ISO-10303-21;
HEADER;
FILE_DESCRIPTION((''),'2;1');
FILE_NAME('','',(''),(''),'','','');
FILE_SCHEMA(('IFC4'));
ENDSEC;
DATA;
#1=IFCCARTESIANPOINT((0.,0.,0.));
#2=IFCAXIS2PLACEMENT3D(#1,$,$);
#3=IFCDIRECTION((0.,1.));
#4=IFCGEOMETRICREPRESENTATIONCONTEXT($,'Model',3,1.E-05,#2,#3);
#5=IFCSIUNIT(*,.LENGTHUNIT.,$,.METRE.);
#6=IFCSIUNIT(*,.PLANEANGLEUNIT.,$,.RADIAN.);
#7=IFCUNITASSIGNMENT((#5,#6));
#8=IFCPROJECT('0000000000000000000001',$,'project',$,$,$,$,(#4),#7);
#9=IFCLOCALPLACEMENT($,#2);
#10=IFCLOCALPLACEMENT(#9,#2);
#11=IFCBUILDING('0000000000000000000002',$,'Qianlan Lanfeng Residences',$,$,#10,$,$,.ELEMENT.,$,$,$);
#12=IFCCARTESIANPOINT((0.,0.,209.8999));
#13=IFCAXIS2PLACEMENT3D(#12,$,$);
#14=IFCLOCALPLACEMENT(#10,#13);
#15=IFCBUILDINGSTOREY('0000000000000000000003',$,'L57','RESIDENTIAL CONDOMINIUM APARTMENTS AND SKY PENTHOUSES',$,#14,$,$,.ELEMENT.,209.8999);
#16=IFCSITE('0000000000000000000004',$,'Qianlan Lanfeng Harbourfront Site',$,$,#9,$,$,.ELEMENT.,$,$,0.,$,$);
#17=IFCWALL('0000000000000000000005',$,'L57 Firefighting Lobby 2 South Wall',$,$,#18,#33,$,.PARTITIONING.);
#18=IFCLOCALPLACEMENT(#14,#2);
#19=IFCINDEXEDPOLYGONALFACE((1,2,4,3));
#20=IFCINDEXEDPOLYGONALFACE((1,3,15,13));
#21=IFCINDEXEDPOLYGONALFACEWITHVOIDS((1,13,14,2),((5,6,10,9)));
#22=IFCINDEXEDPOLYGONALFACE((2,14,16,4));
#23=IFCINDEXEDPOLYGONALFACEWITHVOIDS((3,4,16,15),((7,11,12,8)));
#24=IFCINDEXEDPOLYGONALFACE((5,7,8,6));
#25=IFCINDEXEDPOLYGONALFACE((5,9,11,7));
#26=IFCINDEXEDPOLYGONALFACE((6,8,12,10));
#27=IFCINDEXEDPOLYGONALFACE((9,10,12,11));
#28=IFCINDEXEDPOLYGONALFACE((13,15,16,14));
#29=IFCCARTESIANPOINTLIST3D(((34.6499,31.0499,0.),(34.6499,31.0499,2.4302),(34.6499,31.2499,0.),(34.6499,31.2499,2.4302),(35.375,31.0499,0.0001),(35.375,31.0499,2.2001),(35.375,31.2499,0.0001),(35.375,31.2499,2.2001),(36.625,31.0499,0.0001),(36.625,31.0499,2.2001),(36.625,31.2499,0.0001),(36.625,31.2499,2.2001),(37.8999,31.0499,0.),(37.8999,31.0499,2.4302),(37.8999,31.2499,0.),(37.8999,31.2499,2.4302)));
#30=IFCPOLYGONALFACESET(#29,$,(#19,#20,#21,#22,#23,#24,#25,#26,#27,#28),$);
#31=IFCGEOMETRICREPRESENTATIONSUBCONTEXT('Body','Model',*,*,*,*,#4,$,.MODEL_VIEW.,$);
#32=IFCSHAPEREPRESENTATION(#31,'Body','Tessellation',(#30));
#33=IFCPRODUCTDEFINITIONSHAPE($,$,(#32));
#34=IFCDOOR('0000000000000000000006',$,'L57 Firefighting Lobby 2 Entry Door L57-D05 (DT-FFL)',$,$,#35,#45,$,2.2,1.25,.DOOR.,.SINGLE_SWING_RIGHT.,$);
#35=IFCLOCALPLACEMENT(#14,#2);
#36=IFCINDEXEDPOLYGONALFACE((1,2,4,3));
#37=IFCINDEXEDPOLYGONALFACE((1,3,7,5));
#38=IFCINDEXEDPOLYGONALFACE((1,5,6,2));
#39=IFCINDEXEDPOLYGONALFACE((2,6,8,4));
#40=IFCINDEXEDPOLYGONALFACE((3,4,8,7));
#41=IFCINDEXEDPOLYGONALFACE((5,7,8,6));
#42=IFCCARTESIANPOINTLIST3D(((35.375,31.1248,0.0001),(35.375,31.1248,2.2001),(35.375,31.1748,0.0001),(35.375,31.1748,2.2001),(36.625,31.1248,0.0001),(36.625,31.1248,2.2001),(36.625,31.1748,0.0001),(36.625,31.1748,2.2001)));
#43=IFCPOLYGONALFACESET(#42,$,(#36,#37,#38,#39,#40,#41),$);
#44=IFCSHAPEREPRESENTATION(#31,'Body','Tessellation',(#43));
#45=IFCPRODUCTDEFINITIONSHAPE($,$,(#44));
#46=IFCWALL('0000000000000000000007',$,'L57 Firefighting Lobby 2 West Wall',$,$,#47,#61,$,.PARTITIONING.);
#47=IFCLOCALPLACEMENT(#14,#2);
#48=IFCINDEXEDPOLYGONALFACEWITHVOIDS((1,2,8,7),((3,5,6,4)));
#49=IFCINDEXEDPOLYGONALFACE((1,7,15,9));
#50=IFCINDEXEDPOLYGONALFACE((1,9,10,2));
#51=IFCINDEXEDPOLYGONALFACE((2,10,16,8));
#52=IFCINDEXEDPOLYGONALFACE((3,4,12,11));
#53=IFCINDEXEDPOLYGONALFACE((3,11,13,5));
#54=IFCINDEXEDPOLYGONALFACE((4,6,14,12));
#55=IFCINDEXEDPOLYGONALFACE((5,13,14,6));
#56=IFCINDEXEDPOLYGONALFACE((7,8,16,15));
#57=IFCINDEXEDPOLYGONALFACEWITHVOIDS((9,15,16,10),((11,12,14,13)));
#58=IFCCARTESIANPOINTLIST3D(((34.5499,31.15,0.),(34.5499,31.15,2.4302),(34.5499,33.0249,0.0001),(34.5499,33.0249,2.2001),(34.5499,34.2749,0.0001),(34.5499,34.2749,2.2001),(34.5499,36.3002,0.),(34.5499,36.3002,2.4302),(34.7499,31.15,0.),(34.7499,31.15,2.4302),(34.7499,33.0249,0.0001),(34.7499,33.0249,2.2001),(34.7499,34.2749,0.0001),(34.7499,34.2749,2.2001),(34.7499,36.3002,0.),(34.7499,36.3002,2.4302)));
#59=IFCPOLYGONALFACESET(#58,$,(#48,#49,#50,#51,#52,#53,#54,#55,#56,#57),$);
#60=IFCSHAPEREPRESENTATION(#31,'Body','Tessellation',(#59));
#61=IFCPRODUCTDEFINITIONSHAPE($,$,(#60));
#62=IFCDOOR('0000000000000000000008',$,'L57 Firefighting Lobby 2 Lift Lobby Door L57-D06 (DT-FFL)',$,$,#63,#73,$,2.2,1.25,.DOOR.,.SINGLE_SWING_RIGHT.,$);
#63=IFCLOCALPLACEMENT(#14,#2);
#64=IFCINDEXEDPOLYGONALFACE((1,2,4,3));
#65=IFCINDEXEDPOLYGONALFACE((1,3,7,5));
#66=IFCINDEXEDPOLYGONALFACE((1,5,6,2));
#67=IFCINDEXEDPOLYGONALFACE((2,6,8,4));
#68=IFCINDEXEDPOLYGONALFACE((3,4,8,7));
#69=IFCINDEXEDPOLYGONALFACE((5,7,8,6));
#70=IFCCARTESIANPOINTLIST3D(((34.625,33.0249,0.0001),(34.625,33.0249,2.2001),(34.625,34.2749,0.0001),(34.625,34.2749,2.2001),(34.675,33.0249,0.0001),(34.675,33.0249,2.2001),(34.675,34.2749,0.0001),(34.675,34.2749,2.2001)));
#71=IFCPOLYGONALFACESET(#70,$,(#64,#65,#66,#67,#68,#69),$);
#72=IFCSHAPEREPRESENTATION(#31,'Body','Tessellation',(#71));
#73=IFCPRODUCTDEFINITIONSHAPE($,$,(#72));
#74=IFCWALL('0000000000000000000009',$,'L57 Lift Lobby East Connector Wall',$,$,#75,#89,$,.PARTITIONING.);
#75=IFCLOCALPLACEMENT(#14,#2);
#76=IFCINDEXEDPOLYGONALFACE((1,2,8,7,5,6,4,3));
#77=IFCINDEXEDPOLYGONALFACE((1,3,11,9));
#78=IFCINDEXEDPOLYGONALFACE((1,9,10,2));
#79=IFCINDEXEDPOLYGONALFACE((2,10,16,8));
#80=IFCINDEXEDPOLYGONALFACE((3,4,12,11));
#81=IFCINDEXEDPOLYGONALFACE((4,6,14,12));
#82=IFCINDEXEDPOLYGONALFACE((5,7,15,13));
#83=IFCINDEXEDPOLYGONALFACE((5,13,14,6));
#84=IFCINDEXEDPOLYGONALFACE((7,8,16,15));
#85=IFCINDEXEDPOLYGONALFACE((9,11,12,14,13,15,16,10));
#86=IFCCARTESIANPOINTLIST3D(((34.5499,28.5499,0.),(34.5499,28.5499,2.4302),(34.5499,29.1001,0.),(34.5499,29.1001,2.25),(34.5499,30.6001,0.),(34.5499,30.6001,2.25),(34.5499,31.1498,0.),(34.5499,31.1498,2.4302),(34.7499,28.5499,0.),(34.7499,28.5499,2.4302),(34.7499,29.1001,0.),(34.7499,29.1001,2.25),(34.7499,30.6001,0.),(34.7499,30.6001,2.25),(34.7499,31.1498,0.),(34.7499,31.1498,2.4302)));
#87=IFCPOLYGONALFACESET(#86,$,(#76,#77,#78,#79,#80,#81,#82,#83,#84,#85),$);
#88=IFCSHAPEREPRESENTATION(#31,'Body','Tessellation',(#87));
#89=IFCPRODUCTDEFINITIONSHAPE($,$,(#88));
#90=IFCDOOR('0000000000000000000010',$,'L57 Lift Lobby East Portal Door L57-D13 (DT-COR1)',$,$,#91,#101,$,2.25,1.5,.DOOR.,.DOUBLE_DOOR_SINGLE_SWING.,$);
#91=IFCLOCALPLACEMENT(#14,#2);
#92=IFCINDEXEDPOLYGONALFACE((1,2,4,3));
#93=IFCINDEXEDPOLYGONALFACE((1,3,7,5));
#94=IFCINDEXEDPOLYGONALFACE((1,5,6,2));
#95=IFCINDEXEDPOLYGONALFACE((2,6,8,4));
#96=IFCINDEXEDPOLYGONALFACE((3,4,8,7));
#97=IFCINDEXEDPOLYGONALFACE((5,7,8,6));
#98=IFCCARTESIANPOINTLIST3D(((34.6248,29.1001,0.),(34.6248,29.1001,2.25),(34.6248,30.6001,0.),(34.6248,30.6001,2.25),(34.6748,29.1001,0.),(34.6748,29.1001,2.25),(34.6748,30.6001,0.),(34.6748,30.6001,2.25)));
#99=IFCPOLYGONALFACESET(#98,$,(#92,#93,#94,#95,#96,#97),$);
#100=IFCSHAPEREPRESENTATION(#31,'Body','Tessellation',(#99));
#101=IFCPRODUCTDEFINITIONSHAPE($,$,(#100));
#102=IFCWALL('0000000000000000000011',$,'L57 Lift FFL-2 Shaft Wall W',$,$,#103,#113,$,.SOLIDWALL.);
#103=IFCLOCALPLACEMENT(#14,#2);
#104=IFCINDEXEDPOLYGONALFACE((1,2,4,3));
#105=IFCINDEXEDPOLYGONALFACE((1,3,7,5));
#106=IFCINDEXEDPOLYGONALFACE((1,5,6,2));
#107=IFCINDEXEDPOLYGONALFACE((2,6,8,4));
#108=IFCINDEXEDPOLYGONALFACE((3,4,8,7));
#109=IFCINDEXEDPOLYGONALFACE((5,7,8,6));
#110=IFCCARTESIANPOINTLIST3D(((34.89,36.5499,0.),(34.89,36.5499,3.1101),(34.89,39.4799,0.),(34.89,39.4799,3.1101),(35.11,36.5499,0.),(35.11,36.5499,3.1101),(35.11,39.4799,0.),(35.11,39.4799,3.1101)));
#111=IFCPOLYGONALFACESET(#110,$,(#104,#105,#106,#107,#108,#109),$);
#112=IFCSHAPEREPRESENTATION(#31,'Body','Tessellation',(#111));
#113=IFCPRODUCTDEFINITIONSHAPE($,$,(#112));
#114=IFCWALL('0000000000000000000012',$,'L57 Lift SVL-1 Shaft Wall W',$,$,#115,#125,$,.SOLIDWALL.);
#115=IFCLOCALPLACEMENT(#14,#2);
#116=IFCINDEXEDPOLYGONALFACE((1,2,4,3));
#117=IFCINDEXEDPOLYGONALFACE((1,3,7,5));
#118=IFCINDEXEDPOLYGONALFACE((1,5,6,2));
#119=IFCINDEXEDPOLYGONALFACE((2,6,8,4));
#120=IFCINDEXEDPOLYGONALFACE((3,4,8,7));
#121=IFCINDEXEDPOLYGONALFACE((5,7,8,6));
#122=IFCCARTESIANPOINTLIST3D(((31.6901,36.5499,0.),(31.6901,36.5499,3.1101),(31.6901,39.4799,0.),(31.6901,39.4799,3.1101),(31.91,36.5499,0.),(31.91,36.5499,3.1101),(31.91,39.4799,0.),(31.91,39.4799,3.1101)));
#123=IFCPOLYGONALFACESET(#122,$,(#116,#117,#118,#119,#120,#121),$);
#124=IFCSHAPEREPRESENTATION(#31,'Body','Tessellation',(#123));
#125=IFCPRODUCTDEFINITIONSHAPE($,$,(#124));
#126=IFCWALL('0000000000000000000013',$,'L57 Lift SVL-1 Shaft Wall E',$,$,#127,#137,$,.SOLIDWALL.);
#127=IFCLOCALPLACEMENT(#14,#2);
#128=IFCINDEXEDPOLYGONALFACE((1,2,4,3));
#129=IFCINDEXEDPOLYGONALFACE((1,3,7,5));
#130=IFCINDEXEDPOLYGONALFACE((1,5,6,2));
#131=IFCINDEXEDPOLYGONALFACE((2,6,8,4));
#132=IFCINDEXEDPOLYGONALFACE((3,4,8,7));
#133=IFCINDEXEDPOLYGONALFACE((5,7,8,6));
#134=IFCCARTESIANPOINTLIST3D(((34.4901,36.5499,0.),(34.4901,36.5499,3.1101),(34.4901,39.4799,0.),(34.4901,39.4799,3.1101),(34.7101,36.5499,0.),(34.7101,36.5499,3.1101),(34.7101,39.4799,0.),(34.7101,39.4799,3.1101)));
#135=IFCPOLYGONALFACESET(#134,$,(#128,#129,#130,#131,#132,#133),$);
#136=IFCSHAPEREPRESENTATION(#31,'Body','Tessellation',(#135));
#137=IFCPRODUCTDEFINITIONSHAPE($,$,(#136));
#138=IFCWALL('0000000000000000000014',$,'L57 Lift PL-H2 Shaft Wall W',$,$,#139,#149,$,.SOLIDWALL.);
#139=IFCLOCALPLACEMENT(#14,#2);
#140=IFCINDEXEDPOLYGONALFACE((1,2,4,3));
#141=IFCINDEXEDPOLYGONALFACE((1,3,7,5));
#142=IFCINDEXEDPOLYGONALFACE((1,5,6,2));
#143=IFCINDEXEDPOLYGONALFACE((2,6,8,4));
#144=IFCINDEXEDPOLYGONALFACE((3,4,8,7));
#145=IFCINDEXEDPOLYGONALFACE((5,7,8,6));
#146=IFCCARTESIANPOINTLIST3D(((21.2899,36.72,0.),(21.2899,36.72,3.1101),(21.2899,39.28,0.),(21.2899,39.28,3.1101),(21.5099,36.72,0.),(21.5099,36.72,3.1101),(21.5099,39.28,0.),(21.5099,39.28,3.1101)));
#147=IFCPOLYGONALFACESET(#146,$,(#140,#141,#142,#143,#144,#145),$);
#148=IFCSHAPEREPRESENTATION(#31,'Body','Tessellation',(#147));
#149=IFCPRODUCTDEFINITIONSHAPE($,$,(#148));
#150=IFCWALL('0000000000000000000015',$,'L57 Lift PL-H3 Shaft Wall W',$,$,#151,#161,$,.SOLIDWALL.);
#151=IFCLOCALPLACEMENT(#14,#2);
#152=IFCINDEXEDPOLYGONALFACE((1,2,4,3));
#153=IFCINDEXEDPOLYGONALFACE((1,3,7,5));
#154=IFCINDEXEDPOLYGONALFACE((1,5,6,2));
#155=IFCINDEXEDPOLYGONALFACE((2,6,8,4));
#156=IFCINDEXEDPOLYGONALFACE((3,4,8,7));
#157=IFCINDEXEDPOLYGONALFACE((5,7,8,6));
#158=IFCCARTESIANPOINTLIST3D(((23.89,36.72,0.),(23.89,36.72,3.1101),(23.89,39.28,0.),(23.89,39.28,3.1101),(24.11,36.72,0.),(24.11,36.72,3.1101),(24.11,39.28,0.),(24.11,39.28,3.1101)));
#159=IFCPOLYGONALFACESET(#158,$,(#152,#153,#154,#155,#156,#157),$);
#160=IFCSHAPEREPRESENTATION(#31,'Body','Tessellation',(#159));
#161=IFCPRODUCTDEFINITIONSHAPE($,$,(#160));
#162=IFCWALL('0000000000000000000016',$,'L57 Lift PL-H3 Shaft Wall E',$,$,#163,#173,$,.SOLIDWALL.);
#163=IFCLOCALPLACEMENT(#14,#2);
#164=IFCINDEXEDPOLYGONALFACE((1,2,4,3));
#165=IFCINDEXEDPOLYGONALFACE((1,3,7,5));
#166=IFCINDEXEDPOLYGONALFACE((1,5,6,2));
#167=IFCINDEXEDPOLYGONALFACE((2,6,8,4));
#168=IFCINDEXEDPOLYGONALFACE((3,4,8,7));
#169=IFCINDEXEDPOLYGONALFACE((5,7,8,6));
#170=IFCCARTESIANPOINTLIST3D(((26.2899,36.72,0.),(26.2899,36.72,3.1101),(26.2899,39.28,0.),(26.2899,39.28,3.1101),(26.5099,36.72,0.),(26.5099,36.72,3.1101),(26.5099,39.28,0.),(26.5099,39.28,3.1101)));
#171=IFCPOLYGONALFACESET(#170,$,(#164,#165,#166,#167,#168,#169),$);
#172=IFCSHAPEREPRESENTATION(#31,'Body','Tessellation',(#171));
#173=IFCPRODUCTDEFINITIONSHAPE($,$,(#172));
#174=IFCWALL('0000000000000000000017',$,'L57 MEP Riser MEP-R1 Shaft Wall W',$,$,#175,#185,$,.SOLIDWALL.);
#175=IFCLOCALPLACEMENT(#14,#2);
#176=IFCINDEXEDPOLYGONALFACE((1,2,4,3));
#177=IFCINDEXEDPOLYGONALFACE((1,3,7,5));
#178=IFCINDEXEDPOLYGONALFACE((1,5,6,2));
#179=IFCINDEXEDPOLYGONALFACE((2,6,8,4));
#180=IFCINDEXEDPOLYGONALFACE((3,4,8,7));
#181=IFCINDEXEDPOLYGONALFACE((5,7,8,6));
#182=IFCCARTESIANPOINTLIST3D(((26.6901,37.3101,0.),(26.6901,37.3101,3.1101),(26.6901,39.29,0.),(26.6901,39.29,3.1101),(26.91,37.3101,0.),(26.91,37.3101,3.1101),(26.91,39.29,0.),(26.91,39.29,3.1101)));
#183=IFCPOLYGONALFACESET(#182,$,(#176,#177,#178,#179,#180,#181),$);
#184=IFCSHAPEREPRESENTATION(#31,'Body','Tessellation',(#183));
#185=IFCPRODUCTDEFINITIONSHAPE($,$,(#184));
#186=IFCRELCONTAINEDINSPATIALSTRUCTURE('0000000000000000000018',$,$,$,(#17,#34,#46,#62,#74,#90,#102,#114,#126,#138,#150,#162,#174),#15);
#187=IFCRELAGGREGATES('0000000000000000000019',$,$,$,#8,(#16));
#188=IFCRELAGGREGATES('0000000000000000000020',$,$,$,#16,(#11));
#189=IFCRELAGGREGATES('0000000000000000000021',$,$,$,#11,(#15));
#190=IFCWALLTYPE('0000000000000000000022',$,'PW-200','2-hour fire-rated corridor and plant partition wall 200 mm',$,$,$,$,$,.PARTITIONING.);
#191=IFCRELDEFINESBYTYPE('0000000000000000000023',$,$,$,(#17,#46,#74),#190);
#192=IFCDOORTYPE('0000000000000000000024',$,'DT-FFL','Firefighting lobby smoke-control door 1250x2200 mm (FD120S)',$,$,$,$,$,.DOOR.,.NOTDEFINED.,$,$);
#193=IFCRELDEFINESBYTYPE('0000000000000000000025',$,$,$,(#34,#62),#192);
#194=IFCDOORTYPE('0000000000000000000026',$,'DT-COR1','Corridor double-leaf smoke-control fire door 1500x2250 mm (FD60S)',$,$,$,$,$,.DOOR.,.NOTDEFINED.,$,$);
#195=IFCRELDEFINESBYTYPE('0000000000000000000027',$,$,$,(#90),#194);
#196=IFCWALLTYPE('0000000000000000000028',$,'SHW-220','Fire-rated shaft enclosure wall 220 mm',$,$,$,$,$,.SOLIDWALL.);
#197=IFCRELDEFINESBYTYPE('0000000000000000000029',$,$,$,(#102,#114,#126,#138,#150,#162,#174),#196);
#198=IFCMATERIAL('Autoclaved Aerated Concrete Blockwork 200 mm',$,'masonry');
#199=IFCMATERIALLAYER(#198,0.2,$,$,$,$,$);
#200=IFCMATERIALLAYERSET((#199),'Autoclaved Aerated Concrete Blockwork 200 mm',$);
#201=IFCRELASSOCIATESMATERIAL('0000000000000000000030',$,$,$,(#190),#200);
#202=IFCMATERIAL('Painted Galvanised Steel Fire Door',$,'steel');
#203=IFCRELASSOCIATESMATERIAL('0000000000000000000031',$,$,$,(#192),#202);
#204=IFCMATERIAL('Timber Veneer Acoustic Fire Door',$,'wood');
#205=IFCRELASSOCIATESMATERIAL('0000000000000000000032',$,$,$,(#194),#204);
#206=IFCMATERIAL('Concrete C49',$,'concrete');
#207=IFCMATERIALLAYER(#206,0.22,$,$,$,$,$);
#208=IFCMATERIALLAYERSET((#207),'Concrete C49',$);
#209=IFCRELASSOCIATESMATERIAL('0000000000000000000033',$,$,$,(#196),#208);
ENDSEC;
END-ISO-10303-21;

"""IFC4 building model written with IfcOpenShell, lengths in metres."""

from ifc_helpers import new_model, si_unit, direction, frame, frame_2d, origin, place, context, subcontext, project, spatial, rectangle, extrude, material, layer, layer_set, type_object, element, fill, save


model = new_model("IFC4")

# Units and contexts
model_context = context("Model", 3, precision=1e-05, world=origin(), true_north=direction((0.0, 1.0)))
body_context = subcontext(model_context, "Body", "Model", "MODEL_VIEW")
ifc_project = project(units=[si_unit("LENGTHUNIT", "METRE"), si_unit("PLANEANGLEUNIT", "RADIAN")], contexts=[model_context])

# Site, building, storey
site_placement = place(None, origin())
site = spatial("IfcSite", under=ifc_project, at=site_placement, Name="Qianlan Lanfeng Harbourfront Site", CompositionType="ELEMENT", RefElevation=0.0)
building_placement = place(site_placement, origin())
building = spatial("IfcBuilding", under=site, at=building_placement, Name="Qianlan Lanfeng Residences", CompositionType="ELEMENT")
storey_placement = place(building_placement, frame((0.0, 0.0, 209.8999)))
storey = spatial("IfcBuildingStorey", under=building, at=storey_placement, Name="L57", Description="RESIDENTIAL CONDOMINIUM APARTMENTS AND SKY PENTHOUSES", CompositionType="ELEMENT", Elevation=209.8999)

# Walls, openings, doors
ifc_material_1 = material(Name="Autoclaved Aerated Concrete Blockwork 200 mm", Category="masonry")
ifc_layer_1 = layer(ifc_material_1, 0.2)
ifc_layer_set_1 = layer_set([ifc_layer_1], Name="Autoclaved Aerated Concrete Blockwork 200 mm")
wall_type_1 = type_object("IfcWallType", Name="PW-200", Description="2-hour fire-rated corridor and plant partition wall 200 mm", PredefinedType="PARTITIONING", material=ifc_layer_set_1)
wall_1_placement = place(storey_placement, frame((34.6499, 31.1499, 0.0), z_axis=(0.0, 0.0, 1.0), x_axis=(1.0, 0.0, 0.0)))
wall_1 = element("IfcWall", 1, at=wall_1_placement, inside=storey, type_object=wall_type_1, Name="L57 Firefighting Lobby 2 South Wall", PredefinedType="PARTITIONING", context=body_context, shape_type="SweptSolid", body=[
    extrude(rectangle(XDim=3.25, YDim=0.2, at=frame_2d((1.625, 0.0))), origin(), (0.0, 0.0, 1.0), 2.4302),
])
opening_1_placement = place(wall_1_placement, frame((0.7251, 0.0, 0.0)))
opening_1 = element("IfcOpeningElement", 2, at=opening_1_placement, cuts=wall_1, PredefinedType="OPENING", context=body_context, shape_type="SweptSolid", body=[
    extrude(rectangle(XDim=1.25, YDim=2.2, at=frame_2d((0.625, 1.1001))), frame((0.0, 0.1099, 0.0), z_axis=(0.0, -1.0, 0.0), x_axis=(1.0, 0.0, 0.0)), (0.0, 0.0, 1.0), 0.22),
])
ifc_material_2 = material(Name="Painted Galvanised Steel Fire Door", Category="steel")
door_type_1 = type_object("IfcDoorType", Name="DT-FFL", Description="Firefighting lobby smoke-control door 1250x2200 mm (FD120S)", OperationType="NOTDEFINED", PredefinedType="DOOR", material=ifc_material_2)
door_1_placement = place(opening_1_placement, origin())
door_1 = element("IfcDoor", 3, at=door_1_placement, inside=storey, type_object=door_type_1, Name="L57 Firefighting Lobby 2 Entry Door L57-D05 (DT-FFL)", OperationType="SINGLE_SWING_RIGHT", OverallHeight=2.2, OverallWidth=1.25, PredefinedType="DOOR", context=body_context, shape_type="SweptSolid", body=[
    extrude(rectangle(XDim=1.25, YDim=2.2, at=frame_2d((0.625, 1.1001))), frame((0.0, 0.0249, 0.0), z_axis=(0.0, -1.0, 0.0), x_axis=(1.0, 0.0, 0.0)), (0.0, 0.0, 1.0), 0.05),
])
fill(opening_1, door_1)
wall_2_placement = place(storey_placement, frame((34.6499, 31.1499, 0.0), z_axis=(0.0, 0.0, 1.0), x_axis=(0.0, 1.0, 0.0)))
wall_2 = element("IfcWall", 4, at=wall_2_placement, inside=storey, type_object=wall_type_1, Name="L57 Firefighting Lobby 2 West Wall", PredefinedType="PARTITIONING", context=body_context, shape_type="SweptSolid", body=[
    extrude(rectangle(XDim=5.1501, YDim=0.2, at=frame_2d((2.5752, 0.0))), origin(), (0.0, 0.0, 1.0), 2.4302),
])
opening_2_placement = place(wall_2_placement, frame((1.875, 0.0, 0.0)))
opening_2 = element("IfcOpeningElement", 5, at=opening_2_placement, cuts=wall_2, PredefinedType="OPENING", context=body_context, shape_type="SweptSolid", body=[
    extrude(rectangle(XDim=1.25, YDim=2.2, at=frame_2d((0.625, 1.1001))), frame((0.0, 0.1099, 0.0), z_axis=(0.0, -1.0, 0.0), x_axis=(1.0, 0.0, 0.0)), (0.0, 0.0, 1.0), 0.22),
])
door_2_placement = place(opening_2_placement, origin())
door_2 = element("IfcDoor", 6, at=door_2_placement, inside=storey, type_object=door_type_1, Name="L57 Firefighting Lobby 2 Lift Lobby Door L57-D06 (DT-FFL)", OperationType="SINGLE_SWING_RIGHT", OverallHeight=2.2, OverallWidth=1.25, PredefinedType="DOOR", context=body_context, shape_type="SweptSolid", body=[
    extrude(rectangle(XDim=1.25, YDim=2.2, at=frame_2d((0.625, 1.1001))), frame((0.0, 0.0249, 0.0), z_axis=(0.0, -1.0, 0.0), x_axis=(1.0, 0.0, 0.0)), (0.0, 0.0, 1.0), 0.05),
])
fill(opening_2, door_2)
wall_3_placement = place(storey_placement, frame((34.6499, 28.55, 0.0), z_axis=(0.0, 0.0, 1.0), x_axis=(0.0, 1.0, 0.0)))
wall_3 = element("IfcWall", 7, at=wall_3_placement, inside=storey, type_object=wall_type_1, Name="L57 Lift Lobby East Connector Wall", PredefinedType="PARTITIONING", context=body_context, shape_type="SweptSolid", body=[
    extrude(rectangle(XDim=2.5999, YDim=0.2, at=frame_2d((1.2998, 0.0))), origin(), (0.0, 0.0, 1.0), 2.4302),
])
opening_3_placement = place(wall_3_placement, frame((0.55, 0.0, 0.0)))
opening_3 = element("IfcOpeningElement", 8, at=opening_3_placement, cuts=wall_3, PredefinedType="OPENING", context=body_context, shape_type="SweptSolid", body=[
    extrude(rectangle(XDim=1.5, YDim=2.25, at=frame_2d((0.75, 1.125))), frame((0.0, 0.1099, 0.0), z_axis=(0.0, -1.0, 0.0), x_axis=(1.0, 0.0, 0.0)), (0.0, 0.0, 1.0), 0.22),
])
ifc_material_3 = material(Name="Timber Veneer Acoustic Fire Door", Category="wood")
door_type_2 = type_object("IfcDoorType", Name="DT-COR1", Description="Corridor double-leaf smoke-control fire door 1500x2250 mm (FD60S)", OperationType="NOTDEFINED", PredefinedType="DOOR", material=ifc_material_3)
door_3_placement = place(opening_3_placement, frame((1.5, 0.0, 0.0), z_axis=(0.0, 0.0, 1.0), x_axis=(-1.0, 0.0, 0.0)))
door_3 = element("IfcDoor", 9, at=door_3_placement, inside=storey, type_object=door_type_2, Name="L57 Lift Lobby East Portal Door L57-D13 (DT-COR1)", OperationType="DOUBLE_DOOR_SINGLE_SWING", OverallHeight=2.25, OverallWidth=1.5, PredefinedType="DOOR", context=body_context, shape_type="SweptSolid", body=[
    extrude(rectangle(XDim=1.5, YDim=2.25, at=frame_2d((0.75, 1.125))), frame((0.0, 0.0249, 0.0), z_axis=(0.0, -1.0, 0.0), x_axis=(1.0, 0.0, 0.0)), (0.0, 0.0, 1.0), 0.05),
])
fill(opening_3, door_3)

# Walls
ifc_material_4 = material(Name="Concrete C49", Category="concrete")
ifc_layer_2 = layer(ifc_material_4, 0.22)
ifc_layer_set_2 = layer_set([ifc_layer_2], Name="Concrete C49")
wall_type_2 = type_object("IfcWallType", Name="SHW-220", Description="Fire-rated shaft enclosure wall 220 mm", PredefinedType="SOLIDWALL", material=ifc_layer_set_2)
for number, where, z_axis, x_axis, name in (
    (10, (35.0, 36.55, 0.0), (0.0, 0.0, 1.0), (0.0, 1.0, 0.0), "L57 Lift FFL-2 Shaft Wall W"),
    (11, (31.8, 36.55, 0.0), (0.0, 0.0, 1.0), (0.0, 1.0, 0.0), "L57 Lift SVL-1 Shaft Wall W"),
    (12, (34.6001, 36.55, 0.0), (0.0, 0.0, 1.0), (0.0, 1.0, 0.0), "L57 Lift SVL-1 Shaft Wall E"),
):
    element("IfcWall", number, at=place(storey_placement, frame(where, z_axis=z_axis, x_axis=x_axis)), inside=storey, type_object=wall_type_2, Name=name, PredefinedType="SOLIDWALL", context=body_context, shape_type="SweptSolid", body=[
        extrude(rectangle(XDim=2.9299, YDim=0.22, at=frame_2d((1.4648, 0.0))), origin(), (0.0, 0.0, 1.0), 3.1101),
    ])
for number, where, z_axis, x_axis, name in (
    (13, (21.3999, 36.72, 0.0), (0.0, 0.0, 1.0), (0.0, 1.0, 0.0), "L57 Lift PL-H2 Shaft Wall W"),
    (14, (24.0, 36.72, 0.0), (0.0, 0.0, 1.0), (0.0, 1.0, 0.0), "L57 Lift PL-H3 Shaft Wall W"),
    (15, (26.3999, 36.72, 0.0), (0.0, 0.0, 1.0), (0.0, 1.0, 0.0), "L57 Lift PL-H3 Shaft Wall E"),
):
    element("IfcWall", number, at=place(storey_placement, frame(where, z_axis=z_axis, x_axis=x_axis)), inside=storey, type_object=wall_type_2, Name=name, PredefinedType="SOLIDWALL", context=body_context, shape_type="SweptSolid", body=[
        extrude(rectangle(XDim=2.5601, YDim=0.22, at=frame_2d((1.28, 0.0))), origin(), (0.0, 0.0, 1.0), 3.1101),
    ])
for number, where, z_axis, x_axis, name in (
    (16, (26.8, 37.3101, 0.0), (0.0, 0.0, 1.0), (0.0, 1.0, 0.0), "L57 MEP Riser MEP-R1 Shaft Wall W"),
):
    element("IfcWall", number, at=place(storey_placement, frame(where, z_axis=z_axis, x_axis=x_axis)), inside=storey, type_object=wall_type_2, Name=name, PredefinedType="SOLIDWALL", context=body_context, shape_type="SweptSolid", body=[
        extrude(rectangle(XDim=1.98, YDim=0.22, at=frame_2d((0.99, 0.0))), origin(), (0.0, 0.0, 1.0), 3.1101),
    ])

save(model, "model.ifc")
